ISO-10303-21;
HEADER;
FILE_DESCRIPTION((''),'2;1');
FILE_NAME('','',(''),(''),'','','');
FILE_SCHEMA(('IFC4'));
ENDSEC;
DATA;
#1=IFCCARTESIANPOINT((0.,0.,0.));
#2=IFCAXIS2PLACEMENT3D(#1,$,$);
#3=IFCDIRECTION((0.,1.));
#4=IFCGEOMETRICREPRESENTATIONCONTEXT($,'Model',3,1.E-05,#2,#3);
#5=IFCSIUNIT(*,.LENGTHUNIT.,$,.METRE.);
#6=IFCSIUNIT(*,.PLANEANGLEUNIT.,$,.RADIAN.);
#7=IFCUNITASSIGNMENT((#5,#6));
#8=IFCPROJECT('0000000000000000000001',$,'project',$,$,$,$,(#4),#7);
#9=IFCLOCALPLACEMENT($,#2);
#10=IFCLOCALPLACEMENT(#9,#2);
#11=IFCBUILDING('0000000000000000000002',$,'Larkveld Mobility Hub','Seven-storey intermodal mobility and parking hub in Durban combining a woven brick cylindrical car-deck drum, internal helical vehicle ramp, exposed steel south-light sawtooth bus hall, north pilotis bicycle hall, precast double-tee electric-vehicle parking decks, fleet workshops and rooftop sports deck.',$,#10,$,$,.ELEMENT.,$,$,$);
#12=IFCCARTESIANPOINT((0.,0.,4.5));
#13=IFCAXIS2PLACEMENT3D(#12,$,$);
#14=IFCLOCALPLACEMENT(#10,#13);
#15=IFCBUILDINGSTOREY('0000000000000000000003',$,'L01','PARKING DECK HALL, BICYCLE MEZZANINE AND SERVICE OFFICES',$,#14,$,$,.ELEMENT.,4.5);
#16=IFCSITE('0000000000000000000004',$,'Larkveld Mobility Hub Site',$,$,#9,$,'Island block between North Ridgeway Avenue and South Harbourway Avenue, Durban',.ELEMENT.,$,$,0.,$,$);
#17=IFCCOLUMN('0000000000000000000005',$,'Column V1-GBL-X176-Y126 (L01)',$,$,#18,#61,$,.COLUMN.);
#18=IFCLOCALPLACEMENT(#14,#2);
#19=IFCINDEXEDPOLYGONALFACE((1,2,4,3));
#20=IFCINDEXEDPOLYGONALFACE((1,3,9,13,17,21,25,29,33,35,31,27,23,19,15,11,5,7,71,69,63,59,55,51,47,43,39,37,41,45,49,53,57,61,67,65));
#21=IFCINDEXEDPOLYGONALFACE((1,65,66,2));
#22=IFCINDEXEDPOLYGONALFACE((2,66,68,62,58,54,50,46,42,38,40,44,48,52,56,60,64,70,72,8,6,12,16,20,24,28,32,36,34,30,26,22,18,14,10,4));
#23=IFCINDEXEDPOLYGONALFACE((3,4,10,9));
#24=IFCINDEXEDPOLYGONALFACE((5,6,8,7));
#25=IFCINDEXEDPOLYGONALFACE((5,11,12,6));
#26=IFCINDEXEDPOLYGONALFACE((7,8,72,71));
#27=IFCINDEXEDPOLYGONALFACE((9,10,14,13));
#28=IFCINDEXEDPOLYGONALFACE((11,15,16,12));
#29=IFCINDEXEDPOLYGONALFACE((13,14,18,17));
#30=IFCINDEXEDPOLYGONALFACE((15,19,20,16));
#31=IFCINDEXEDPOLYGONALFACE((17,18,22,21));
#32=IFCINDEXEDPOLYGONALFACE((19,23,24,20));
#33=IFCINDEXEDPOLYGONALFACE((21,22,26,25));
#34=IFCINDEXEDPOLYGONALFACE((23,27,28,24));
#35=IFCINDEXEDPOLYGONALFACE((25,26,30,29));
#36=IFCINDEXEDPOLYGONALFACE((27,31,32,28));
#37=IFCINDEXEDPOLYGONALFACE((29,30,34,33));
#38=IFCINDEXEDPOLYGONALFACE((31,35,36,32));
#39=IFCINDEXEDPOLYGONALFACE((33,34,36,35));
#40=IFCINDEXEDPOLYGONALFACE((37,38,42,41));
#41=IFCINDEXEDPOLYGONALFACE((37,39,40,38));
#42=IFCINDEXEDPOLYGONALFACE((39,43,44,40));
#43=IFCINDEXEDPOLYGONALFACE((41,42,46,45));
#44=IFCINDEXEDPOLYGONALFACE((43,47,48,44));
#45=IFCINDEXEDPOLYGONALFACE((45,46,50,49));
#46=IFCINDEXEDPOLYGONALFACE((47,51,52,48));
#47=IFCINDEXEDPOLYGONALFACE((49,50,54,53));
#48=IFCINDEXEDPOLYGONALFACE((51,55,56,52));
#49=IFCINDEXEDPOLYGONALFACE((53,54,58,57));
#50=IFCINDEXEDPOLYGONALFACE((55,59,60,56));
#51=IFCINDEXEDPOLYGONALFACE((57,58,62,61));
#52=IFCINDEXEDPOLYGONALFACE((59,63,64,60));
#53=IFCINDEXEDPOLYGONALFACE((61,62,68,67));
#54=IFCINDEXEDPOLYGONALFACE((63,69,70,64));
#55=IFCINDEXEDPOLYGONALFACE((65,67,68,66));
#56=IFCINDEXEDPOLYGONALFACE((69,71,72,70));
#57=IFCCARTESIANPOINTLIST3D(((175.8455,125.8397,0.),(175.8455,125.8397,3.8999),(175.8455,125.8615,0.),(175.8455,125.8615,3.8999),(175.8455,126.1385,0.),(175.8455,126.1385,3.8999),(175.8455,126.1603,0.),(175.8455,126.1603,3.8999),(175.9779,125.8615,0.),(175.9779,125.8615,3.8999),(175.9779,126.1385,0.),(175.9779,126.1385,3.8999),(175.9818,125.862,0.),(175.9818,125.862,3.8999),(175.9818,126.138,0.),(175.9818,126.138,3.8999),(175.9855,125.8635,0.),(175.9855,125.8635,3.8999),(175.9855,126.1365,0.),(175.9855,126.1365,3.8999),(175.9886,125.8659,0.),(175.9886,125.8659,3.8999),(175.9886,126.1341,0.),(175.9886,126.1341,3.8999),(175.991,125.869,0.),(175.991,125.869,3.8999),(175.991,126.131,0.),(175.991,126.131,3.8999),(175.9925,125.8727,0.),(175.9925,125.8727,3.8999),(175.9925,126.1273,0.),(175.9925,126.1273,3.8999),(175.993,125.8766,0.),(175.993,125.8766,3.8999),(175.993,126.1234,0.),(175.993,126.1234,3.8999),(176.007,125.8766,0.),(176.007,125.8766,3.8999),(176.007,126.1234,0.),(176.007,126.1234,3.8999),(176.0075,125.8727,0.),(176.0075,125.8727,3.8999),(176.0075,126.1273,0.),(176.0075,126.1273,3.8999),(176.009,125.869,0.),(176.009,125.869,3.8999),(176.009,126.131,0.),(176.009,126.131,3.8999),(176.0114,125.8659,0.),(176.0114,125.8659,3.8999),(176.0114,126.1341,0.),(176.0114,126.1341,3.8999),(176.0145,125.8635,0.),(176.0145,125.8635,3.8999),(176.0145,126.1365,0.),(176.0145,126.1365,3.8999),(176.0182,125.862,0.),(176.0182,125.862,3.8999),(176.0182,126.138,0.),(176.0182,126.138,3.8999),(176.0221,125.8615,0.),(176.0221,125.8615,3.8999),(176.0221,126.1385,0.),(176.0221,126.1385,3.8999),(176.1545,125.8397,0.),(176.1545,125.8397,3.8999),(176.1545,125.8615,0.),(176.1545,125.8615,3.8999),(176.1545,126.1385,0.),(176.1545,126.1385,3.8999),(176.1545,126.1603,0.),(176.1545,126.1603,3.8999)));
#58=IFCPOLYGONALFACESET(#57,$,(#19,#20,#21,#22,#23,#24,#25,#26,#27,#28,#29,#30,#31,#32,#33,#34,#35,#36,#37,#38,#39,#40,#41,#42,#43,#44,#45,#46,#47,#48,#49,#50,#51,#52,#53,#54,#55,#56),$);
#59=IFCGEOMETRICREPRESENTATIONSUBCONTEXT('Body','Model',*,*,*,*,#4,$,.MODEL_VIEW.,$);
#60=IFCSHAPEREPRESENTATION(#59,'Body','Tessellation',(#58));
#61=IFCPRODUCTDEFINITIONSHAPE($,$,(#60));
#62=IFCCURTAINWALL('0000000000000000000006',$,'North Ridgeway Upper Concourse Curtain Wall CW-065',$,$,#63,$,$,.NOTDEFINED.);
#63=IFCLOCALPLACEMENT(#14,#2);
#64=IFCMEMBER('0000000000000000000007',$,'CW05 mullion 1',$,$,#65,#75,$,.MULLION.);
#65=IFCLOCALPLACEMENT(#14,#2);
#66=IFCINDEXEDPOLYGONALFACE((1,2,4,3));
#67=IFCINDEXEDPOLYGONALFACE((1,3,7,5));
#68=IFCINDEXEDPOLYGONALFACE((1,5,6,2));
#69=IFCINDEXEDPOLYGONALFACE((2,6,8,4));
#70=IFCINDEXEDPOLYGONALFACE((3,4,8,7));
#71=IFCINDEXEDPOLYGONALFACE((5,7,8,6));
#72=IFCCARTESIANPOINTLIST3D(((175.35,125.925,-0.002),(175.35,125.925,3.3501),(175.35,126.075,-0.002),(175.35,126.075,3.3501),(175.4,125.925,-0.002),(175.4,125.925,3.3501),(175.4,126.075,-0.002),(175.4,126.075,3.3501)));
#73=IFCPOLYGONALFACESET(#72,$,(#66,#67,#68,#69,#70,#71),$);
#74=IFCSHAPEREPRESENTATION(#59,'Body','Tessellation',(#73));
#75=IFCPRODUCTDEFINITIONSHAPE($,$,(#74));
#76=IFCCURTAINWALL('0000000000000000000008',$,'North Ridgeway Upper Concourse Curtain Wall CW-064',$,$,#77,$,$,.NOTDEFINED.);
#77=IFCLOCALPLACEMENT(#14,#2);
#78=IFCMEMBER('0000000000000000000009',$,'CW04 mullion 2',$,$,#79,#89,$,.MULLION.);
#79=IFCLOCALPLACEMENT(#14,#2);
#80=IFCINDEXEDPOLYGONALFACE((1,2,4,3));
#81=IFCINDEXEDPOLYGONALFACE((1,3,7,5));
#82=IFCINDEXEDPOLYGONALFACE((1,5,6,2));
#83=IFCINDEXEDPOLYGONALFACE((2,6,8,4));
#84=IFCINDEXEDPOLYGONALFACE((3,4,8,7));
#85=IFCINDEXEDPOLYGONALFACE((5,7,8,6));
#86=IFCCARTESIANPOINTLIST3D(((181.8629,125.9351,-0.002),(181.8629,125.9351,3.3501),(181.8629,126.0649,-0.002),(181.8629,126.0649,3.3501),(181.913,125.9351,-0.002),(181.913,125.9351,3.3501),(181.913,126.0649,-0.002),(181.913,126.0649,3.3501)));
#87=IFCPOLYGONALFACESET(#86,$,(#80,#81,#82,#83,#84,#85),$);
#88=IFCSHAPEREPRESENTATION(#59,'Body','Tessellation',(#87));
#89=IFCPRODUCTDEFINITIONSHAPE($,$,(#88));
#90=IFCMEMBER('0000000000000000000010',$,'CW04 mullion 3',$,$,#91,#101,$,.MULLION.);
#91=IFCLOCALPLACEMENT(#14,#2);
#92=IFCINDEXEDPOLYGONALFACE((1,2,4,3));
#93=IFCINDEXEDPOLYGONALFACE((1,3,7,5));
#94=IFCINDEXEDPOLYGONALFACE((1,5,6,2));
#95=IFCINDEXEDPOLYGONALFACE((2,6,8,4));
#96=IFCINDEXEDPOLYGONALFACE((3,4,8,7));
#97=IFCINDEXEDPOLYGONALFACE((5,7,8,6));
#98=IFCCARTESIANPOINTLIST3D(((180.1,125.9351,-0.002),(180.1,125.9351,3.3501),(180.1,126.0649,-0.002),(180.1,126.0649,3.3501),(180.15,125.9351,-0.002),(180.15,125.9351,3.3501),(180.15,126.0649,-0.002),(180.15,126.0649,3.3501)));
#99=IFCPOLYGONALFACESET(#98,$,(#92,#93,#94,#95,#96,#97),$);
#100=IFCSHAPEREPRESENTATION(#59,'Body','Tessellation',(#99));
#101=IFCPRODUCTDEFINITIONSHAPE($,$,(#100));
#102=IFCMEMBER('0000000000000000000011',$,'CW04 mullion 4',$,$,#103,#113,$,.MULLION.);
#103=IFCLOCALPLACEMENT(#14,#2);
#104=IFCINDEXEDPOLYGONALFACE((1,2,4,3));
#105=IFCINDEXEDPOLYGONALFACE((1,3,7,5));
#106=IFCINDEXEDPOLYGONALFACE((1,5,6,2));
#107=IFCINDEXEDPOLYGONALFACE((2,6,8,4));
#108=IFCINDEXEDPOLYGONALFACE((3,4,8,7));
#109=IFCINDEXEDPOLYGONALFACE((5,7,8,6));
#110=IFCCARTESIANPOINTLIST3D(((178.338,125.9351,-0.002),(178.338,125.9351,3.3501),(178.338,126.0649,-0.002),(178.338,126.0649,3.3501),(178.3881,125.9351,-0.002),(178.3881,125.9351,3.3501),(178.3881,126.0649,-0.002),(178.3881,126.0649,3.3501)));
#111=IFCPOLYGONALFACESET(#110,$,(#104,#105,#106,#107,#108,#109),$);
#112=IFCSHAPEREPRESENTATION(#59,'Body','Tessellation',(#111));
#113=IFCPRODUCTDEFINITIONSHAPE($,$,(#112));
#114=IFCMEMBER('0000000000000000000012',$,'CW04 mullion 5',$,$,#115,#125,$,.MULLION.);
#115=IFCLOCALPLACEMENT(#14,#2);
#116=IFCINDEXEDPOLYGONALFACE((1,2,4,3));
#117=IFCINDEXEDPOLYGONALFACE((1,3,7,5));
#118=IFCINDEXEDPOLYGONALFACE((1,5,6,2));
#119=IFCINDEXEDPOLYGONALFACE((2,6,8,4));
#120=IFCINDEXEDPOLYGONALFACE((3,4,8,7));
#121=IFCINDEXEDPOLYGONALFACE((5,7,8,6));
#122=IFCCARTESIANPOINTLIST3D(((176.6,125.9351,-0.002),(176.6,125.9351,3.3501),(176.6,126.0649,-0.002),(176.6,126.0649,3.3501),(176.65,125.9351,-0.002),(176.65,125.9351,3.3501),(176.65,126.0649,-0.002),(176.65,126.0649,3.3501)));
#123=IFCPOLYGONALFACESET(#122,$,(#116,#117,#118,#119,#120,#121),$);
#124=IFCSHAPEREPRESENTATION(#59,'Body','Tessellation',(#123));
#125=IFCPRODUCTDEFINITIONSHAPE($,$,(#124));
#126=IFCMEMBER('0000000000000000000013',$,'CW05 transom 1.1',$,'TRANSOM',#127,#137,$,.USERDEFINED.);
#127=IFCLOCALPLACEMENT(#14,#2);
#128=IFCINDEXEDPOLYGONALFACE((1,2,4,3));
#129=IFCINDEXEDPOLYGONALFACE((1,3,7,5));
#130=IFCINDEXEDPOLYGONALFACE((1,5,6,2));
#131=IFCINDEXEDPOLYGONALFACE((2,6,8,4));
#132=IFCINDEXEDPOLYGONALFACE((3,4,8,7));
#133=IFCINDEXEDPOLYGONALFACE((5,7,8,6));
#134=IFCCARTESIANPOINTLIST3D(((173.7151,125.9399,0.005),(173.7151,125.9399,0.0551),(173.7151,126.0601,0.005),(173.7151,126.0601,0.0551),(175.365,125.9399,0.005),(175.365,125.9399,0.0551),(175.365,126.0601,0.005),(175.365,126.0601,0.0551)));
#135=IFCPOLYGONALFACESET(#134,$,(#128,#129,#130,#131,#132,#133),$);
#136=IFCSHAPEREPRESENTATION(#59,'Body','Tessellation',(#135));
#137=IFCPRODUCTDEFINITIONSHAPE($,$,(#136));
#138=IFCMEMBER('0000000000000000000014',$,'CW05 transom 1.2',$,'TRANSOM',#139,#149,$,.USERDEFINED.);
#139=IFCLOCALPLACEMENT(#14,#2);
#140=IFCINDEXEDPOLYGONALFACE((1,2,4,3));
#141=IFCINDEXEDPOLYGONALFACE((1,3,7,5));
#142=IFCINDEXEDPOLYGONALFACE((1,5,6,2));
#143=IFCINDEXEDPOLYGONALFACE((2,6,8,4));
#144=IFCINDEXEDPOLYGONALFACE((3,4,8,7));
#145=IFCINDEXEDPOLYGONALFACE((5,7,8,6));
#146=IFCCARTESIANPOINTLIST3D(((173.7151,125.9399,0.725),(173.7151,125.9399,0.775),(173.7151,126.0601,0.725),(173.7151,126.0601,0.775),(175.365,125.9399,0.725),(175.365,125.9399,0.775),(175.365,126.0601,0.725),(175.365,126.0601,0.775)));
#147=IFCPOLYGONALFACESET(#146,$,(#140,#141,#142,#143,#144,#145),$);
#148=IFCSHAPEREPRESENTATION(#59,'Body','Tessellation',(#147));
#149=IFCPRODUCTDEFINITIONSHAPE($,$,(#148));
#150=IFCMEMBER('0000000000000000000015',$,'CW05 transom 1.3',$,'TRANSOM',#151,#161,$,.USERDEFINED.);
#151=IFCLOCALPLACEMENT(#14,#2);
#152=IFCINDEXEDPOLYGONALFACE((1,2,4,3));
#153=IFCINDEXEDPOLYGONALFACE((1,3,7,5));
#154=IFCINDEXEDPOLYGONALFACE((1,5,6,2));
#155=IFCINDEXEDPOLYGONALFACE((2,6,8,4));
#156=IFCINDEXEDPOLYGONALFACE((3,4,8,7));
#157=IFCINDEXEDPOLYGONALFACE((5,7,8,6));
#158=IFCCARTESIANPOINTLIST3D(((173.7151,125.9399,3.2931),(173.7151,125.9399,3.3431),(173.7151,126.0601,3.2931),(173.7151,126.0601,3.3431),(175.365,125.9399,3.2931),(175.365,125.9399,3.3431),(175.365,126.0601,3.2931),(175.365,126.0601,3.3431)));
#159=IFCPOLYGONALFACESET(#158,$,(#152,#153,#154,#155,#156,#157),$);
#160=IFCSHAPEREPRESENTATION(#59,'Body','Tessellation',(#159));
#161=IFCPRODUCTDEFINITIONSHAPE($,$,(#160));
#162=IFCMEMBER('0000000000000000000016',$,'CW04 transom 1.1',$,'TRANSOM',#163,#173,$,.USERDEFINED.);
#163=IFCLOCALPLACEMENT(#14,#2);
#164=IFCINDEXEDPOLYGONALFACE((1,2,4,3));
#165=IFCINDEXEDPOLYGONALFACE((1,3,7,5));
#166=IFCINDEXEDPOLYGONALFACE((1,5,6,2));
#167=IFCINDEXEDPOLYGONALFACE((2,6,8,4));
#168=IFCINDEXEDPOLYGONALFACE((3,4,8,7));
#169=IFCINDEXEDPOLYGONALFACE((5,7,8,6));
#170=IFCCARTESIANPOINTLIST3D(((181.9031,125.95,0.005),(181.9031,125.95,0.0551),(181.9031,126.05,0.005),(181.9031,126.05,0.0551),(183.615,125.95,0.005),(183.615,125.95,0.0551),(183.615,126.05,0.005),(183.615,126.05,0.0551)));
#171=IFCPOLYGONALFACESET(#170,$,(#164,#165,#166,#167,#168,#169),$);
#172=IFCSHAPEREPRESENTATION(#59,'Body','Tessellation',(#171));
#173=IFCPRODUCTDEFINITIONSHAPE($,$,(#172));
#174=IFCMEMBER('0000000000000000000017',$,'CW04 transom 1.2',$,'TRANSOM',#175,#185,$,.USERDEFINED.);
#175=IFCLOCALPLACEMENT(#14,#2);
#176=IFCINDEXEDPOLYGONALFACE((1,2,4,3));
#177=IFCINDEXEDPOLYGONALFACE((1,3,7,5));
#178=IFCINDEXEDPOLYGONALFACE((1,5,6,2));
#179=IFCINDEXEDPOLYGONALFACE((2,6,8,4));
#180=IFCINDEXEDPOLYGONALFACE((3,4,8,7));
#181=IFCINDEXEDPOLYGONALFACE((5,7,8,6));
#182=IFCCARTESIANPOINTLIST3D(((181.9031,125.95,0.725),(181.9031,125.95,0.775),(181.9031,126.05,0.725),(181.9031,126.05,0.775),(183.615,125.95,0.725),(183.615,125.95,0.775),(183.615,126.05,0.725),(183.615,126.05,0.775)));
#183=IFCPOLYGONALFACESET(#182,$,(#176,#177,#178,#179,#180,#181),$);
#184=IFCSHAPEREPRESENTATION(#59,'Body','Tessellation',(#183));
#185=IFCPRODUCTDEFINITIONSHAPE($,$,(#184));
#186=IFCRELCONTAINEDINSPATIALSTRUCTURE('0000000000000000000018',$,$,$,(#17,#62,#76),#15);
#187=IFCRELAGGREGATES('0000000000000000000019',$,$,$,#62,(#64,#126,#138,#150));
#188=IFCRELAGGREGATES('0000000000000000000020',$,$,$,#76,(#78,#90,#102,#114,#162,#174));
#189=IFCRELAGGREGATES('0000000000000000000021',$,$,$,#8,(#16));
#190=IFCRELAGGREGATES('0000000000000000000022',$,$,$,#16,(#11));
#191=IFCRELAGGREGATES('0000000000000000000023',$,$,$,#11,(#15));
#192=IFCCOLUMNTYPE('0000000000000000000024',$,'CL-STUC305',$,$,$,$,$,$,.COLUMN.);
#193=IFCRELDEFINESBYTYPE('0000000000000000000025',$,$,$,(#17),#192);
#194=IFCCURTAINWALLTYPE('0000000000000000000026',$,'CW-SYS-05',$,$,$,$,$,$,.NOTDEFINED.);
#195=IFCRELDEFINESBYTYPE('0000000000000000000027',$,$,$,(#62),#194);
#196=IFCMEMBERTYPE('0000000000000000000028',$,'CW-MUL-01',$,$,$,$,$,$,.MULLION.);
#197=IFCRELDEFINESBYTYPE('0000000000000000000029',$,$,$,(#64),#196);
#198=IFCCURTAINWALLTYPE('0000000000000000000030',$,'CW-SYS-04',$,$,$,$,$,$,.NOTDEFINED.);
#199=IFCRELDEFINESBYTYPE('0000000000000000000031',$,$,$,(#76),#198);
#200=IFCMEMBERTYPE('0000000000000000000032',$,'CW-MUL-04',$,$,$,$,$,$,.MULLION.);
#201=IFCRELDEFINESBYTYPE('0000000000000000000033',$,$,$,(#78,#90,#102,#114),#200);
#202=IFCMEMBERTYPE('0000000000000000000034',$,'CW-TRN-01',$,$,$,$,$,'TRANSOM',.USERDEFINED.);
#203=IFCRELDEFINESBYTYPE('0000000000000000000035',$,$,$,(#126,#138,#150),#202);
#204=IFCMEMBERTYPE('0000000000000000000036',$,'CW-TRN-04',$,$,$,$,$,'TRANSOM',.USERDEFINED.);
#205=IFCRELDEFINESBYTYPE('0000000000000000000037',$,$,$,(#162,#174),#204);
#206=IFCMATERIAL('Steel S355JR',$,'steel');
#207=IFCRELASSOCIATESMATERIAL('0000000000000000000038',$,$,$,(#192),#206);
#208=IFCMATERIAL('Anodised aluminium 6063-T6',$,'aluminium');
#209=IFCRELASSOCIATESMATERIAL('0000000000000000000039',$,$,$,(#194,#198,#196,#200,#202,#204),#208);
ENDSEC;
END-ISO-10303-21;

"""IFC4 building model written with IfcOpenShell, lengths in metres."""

from ifc_helpers import new_model, si_unit, direction, frame, origin, origin_2d, place, context, subcontext, project, spatial, rectangle, i_section, extrude, material, material_profile, profile_set, type_object, element, aggregate, save


model = new_model("IFC4")

# Units and contexts
model_context = context("Model", 3, precision=1e-05, world=origin(), true_north=direction((0.0, 1.0)))
body_context = subcontext(model_context, "Body", "Model", "MODEL_VIEW")
ifc_project = project(units=[si_unit("LENGTHUNIT", "METRE"), si_unit("PLANEANGLEUNIT", "RADIAN")], contexts=[model_context])

# Site, building, storey
site_placement = place(None, origin())
site = spatial("IfcSite", under=ifc_project, at=site_placement, Name="Larkveld Mobility Hub Site", LongName="Island block between North Ridgeway Avenue and South Harbourway Avenue, Durban", CompositionType="ELEMENT", RefElevation=0.0)
building_placement = place(site_placement, origin())
building = spatial("IfcBuilding", under=site, at=building_placement, Name="Larkveld Mobility Hub", Description="Seven-storey intermodal mobility and parking hub in Durban combining a woven brick cylindrical car-deck drum, internal helical vehicle ramp, exposed steel south-light sawtooth bus hall, north pilotis bicycle hall, precast double-tee electric-vehicle parking decks, fleet workshops and rooftop sports deck.", CompositionType="ELEMENT")
storey_placement = place(building_placement, frame((0.0, 0.0, 4.5)))
storey = spatial("IfcBuildingStorey", under=building, at=storey_placement, Name="L01", Description="PARKING DECK HALL, BICYCLE MEZZANINE AND SERVICE OFFICES", CompositionType="ELEMENT", Elevation=4.5)

# Column
ifc_material_1 = material(Name="Steel S355JR", Category="steel")
ifc_material_profile_1 = material_profile(ifc_material_1, i_section(OverallWidth=0.3091, OverallDepth=0.3206, WebThickness=0.0139, FlangeThickness=0.0217, FilletRadius=0.0151, at=origin_2d()), Name="UC 305x305x137")
ifc_profile_set_1 = profile_set([ifc_material_profile_1], Name="Steel S355JR")
column_type = type_object("IfcColumnType", Name="CL-STUC305", PredefinedType="COLUMN", material=ifc_profile_set_1)
column_placement = place(storey_placement, frame((176.0, 126.0, 0.0), z_axis=(0.0, 0.0, 1.0), x_axis=(1.0, 0.0, 0.0)))
element("IfcColumn", 1, at=column_placement, inside=storey, type_object=column_type, Name="Column V1-GBL-X176-Y126 (L01)", PredefinedType="COLUMN", context=body_context, shape_type="SweptSolid", body=[
    extrude(i_section(OverallWidth=0.3091, OverallDepth=0.3206, WebThickness=0.0139, FlangeThickness=0.0217, FilletRadius=0.0151, at=origin_2d()), origin(), (0.0, 0.0, 1.0), 3.8999),
])

# Curtain wall, member
ifc_material_2 = material(Name="Anodised aluminium 6063-T6", Category="aluminium")
curtain_wall_type_1 = type_object("IfcCurtainWallType", Name="CW-SYS-05", PredefinedType="NOTDEFINED", material=ifc_material_2)
curtain_wall_1_placement = place(storey_placement, origin())
curtain_wall_1 = element("IfcCurtainWall", 2, at=curtain_wall_1_placement, inside=storey, type_object=curtain_wall_type_1, Name="North Ridgeway Upper Concourse Curtain Wall CW-065", PredefinedType="NOTDEFINED")
ifc_material_profile_2 = material_profile(ifc_material_2, rectangle(XDim=0.05, YDim=0.1499, at=origin_2d()), Name="ALU MULL 50x150")
ifc_profile_set_2 = profile_set([ifc_material_profile_2], Name="Anodised aluminium 6063-T6")
member_type_1 = type_object("IfcMemberType", Name="CW-MUL-01", PredefinedType="MULLION", material=ifc_profile_set_2)
member_1_placement = place(storey_placement, frame((175.375, 126.0, -0.002), z_axis=(0.0, 0.0, 1.0), x_axis=(-1.0, 0.0, 0.0)))
member_1 = element("IfcMember", 3, at=member_1_placement, type_object=member_type_1, Name="CW05 mullion 1", PredefinedType="MULLION", context=body_context, shape_type="SweptSolid", body=[
    extrude(rectangle(XDim=0.05, YDim=0.1499, at=origin_2d()), origin(), (0.0, 0.0, 1.0), 3.3521),
])

# Curtain wall, members
curtain_wall_type_2 = type_object("IfcCurtainWallType", Name="CW-SYS-04", PredefinedType="NOTDEFINED", material=ifc_material_2)
curtain_wall_2_placement = place(storey_placement, origin())
curtain_wall_2 = element("IfcCurtainWall", 4, at=curtain_wall_2_placement, inside=storey, type_object=curtain_wall_type_2, Name="North Ridgeway Upper Concourse Curtain Wall CW-064", PredefinedType="NOTDEFINED")
ifc_material_profile_3 = material_profile(ifc_material_2, rectangle(XDim=0.05, YDim=0.1299, at=origin_2d()), Name="ALU MULL 50x130")
ifc_profile_set_3 = profile_set([ifc_material_profile_3], Name="Anodised aluminium 6063-T6")
member_type_2 = type_object("IfcMemberType", Name="CW-MUL-04", PredefinedType="MULLION", material=ifc_profile_set_3)
member_2_placement = place(storey_placement, frame((181.8879, 126.0, -0.002), z_axis=(0.0, 0.0, 1.0), x_axis=(-1.0, 0.0, 0.0)))
member_2 = element("IfcMember", 5, at=member_2_placement, type_object=member_type_2, Name="CW04 mullion 2", PredefinedType="MULLION", context=body_context, shape_type="SweptSolid", body=[
    extrude(rectangle(XDim=0.05, YDim=0.1299, at=origin_2d()), origin(), (0.0, 0.0, 1.0), 3.3521),
])
member_3_placement = place(storey_placement, frame((180.125, 126.0, -0.002), z_axis=(0.0, 0.0, 1.0), x_axis=(-1.0, 0.0, 0.0)))
member_3 = element("IfcMember", 6, at=member_3_placement, type_object=member_type_2, Name="CW04 mullion 3", PredefinedType="MULLION", context=body_context, shape_type="SweptSolid", body=[
    extrude(rectangle(XDim=0.05, YDim=0.1299, at=origin_2d()), origin(), (0.0, 0.0, 1.0), 3.3521),
])
member_4_placement = place(storey_placement, frame((178.363, 126.0, -0.002), z_axis=(0.0, 0.0, 1.0), x_axis=(-1.0, 0.0, 0.0)))
member_4 = element("IfcMember", 7, at=member_4_placement, type_object=member_type_2, Name="CW04 mullion 4", PredefinedType="MULLION", context=body_context, shape_type="SweptSolid", body=[
    extrude(rectangle(XDim=0.05, YDim=0.1299, at=origin_2d()), origin(), (0.0, 0.0, 1.0), 3.3521),
])
member_5_placement = place(storey_placement, frame((176.625, 126.0, -0.002), z_axis=(0.0, 0.0, 1.0), x_axis=(-1.0, 0.0, 0.0)))
member_5 = element("IfcMember", 8, at=member_5_placement, type_object=member_type_2, Name="CW04 mullion 5", PredefinedType="MULLION", context=body_context, shape_type="SweptSolid", body=[
    extrude(rectangle(XDim=0.05, YDim=0.1299, at=origin_2d()), origin(), (0.0, 0.0, 1.0), 3.3521),
])

# Members
ifc_material_profile_4 = material_profile(ifc_material_2, rectangle(XDim=0.1201, YDim=0.05, at=origin_2d()), Name="ALU TRAN 50x120")
ifc_profile_set_4 = profile_set([ifc_material_profile_4], Name="Anodised aluminium 6063-T6")
member_type_3 = type_object("IfcMemberType", Name="CW-TRN-01", ElementType="TRANSOM", PredefinedType="USERDEFINED", material=ifc_profile_set_4)
member_6_placement = place(storey_placement, frame((175.365, 126.0, 0.03), z_axis=(-1.0, 0.0, 0.0), x_axis=(0.0, -1.0, 0.0)))
member_6 = element("IfcMember", 9, at=member_6_placement, type_object=member_type_3, Name="CW05 transom 1.1", ObjectType="TRANSOM", PredefinedType="USERDEFINED", context=body_context, shape_type="SweptSolid", body=[
    extrude(rectangle(XDim=0.1201, YDim=0.05, at=origin_2d()), origin(), (0.0, 0.0, 1.0), 1.6499),
])
member_7_placement = place(storey_placement, frame((175.365, 126.0, 0.75), z_axis=(-1.0, 0.0, 0.0), x_axis=(0.0, -1.0, 0.0)))
member_7 = element("IfcMember", 10, at=member_7_placement, type_object=member_type_3, Name="CW05 transom 1.2", ObjectType="TRANSOM", PredefinedType="USERDEFINED", context=body_context, shape_type="SweptSolid", body=[
    extrude(rectangle(XDim=0.1201, YDim=0.05, at=origin_2d()), origin(), (0.0, 0.0, 1.0), 1.6499),
])
member_8_placement = place(storey_placement, frame((175.365, 126.0, 3.3181), z_axis=(-1.0, 0.0, 0.0), x_axis=(0.0, -1.0, 0.0)))
member_8 = element("IfcMember", 11, at=member_8_placement, type_object=member_type_3, Name="CW05 transom 1.3", ObjectType="TRANSOM", PredefinedType="USERDEFINED", context=body_context, shape_type="SweptSolid", body=[
    extrude(rectangle(XDim=0.1201, YDim=0.05, at=origin_2d()), origin(), (0.0, 0.0, 1.0), 1.6499),
])
ifc_material_profile_5 = material_profile(ifc_material_2, rectangle(XDim=0.1001, YDim=0.05, at=origin_2d()), Name="ALU TRAN 50x100")
ifc_profile_set_5 = profile_set([ifc_material_profile_5], Name="Anodised aluminium 6063-T6")
member_type_4 = type_object("IfcMemberType", Name="CW-TRN-04", ElementType="TRANSOM", PredefinedType="USERDEFINED", material=ifc_profile_set_5)
member_9_placement = place(storey_placement, frame((183.615, 126.0, 0.03), z_axis=(-1.0, 0.0, 0.0), x_axis=(0.0, -1.0, 0.0)))
member_9 = element("IfcMember", 12, at=member_9_placement, type_object=member_type_4, Name="CW04 transom 1.1", ObjectType="TRANSOM", PredefinedType="USERDEFINED", context=body_context, shape_type="SweptSolid", body=[
    extrude(rectangle(XDim=0.1001, YDim=0.05, at=origin_2d()), origin(), (0.0, 0.0, 1.0), 1.7119),
])
member_10_placement = place(storey_placement, frame((183.615, 126.0, 0.75), z_axis=(-1.0, 0.0, 0.0), x_axis=(0.0, -1.0, 0.0)))
member_10 = element("IfcMember", 13, at=member_10_placement, type_object=member_type_4, Name="CW04 transom 1.2", ObjectType="TRANSOM", PredefinedType="USERDEFINED", context=body_context, shape_type="SweptSolid", body=[
    extrude(rectangle(XDim=0.1001, YDim=0.05, at=origin_2d()), origin(), (0.0, 0.0, 1.0), 1.7119),
])

aggregate(curtain_wall_1, [member_1, member_6, member_7, member_8])
aggregate(curtain_wall_2, [member_2, member_3, member_4, member_5, member_9, member_10])

save(model, "model.ifc")
